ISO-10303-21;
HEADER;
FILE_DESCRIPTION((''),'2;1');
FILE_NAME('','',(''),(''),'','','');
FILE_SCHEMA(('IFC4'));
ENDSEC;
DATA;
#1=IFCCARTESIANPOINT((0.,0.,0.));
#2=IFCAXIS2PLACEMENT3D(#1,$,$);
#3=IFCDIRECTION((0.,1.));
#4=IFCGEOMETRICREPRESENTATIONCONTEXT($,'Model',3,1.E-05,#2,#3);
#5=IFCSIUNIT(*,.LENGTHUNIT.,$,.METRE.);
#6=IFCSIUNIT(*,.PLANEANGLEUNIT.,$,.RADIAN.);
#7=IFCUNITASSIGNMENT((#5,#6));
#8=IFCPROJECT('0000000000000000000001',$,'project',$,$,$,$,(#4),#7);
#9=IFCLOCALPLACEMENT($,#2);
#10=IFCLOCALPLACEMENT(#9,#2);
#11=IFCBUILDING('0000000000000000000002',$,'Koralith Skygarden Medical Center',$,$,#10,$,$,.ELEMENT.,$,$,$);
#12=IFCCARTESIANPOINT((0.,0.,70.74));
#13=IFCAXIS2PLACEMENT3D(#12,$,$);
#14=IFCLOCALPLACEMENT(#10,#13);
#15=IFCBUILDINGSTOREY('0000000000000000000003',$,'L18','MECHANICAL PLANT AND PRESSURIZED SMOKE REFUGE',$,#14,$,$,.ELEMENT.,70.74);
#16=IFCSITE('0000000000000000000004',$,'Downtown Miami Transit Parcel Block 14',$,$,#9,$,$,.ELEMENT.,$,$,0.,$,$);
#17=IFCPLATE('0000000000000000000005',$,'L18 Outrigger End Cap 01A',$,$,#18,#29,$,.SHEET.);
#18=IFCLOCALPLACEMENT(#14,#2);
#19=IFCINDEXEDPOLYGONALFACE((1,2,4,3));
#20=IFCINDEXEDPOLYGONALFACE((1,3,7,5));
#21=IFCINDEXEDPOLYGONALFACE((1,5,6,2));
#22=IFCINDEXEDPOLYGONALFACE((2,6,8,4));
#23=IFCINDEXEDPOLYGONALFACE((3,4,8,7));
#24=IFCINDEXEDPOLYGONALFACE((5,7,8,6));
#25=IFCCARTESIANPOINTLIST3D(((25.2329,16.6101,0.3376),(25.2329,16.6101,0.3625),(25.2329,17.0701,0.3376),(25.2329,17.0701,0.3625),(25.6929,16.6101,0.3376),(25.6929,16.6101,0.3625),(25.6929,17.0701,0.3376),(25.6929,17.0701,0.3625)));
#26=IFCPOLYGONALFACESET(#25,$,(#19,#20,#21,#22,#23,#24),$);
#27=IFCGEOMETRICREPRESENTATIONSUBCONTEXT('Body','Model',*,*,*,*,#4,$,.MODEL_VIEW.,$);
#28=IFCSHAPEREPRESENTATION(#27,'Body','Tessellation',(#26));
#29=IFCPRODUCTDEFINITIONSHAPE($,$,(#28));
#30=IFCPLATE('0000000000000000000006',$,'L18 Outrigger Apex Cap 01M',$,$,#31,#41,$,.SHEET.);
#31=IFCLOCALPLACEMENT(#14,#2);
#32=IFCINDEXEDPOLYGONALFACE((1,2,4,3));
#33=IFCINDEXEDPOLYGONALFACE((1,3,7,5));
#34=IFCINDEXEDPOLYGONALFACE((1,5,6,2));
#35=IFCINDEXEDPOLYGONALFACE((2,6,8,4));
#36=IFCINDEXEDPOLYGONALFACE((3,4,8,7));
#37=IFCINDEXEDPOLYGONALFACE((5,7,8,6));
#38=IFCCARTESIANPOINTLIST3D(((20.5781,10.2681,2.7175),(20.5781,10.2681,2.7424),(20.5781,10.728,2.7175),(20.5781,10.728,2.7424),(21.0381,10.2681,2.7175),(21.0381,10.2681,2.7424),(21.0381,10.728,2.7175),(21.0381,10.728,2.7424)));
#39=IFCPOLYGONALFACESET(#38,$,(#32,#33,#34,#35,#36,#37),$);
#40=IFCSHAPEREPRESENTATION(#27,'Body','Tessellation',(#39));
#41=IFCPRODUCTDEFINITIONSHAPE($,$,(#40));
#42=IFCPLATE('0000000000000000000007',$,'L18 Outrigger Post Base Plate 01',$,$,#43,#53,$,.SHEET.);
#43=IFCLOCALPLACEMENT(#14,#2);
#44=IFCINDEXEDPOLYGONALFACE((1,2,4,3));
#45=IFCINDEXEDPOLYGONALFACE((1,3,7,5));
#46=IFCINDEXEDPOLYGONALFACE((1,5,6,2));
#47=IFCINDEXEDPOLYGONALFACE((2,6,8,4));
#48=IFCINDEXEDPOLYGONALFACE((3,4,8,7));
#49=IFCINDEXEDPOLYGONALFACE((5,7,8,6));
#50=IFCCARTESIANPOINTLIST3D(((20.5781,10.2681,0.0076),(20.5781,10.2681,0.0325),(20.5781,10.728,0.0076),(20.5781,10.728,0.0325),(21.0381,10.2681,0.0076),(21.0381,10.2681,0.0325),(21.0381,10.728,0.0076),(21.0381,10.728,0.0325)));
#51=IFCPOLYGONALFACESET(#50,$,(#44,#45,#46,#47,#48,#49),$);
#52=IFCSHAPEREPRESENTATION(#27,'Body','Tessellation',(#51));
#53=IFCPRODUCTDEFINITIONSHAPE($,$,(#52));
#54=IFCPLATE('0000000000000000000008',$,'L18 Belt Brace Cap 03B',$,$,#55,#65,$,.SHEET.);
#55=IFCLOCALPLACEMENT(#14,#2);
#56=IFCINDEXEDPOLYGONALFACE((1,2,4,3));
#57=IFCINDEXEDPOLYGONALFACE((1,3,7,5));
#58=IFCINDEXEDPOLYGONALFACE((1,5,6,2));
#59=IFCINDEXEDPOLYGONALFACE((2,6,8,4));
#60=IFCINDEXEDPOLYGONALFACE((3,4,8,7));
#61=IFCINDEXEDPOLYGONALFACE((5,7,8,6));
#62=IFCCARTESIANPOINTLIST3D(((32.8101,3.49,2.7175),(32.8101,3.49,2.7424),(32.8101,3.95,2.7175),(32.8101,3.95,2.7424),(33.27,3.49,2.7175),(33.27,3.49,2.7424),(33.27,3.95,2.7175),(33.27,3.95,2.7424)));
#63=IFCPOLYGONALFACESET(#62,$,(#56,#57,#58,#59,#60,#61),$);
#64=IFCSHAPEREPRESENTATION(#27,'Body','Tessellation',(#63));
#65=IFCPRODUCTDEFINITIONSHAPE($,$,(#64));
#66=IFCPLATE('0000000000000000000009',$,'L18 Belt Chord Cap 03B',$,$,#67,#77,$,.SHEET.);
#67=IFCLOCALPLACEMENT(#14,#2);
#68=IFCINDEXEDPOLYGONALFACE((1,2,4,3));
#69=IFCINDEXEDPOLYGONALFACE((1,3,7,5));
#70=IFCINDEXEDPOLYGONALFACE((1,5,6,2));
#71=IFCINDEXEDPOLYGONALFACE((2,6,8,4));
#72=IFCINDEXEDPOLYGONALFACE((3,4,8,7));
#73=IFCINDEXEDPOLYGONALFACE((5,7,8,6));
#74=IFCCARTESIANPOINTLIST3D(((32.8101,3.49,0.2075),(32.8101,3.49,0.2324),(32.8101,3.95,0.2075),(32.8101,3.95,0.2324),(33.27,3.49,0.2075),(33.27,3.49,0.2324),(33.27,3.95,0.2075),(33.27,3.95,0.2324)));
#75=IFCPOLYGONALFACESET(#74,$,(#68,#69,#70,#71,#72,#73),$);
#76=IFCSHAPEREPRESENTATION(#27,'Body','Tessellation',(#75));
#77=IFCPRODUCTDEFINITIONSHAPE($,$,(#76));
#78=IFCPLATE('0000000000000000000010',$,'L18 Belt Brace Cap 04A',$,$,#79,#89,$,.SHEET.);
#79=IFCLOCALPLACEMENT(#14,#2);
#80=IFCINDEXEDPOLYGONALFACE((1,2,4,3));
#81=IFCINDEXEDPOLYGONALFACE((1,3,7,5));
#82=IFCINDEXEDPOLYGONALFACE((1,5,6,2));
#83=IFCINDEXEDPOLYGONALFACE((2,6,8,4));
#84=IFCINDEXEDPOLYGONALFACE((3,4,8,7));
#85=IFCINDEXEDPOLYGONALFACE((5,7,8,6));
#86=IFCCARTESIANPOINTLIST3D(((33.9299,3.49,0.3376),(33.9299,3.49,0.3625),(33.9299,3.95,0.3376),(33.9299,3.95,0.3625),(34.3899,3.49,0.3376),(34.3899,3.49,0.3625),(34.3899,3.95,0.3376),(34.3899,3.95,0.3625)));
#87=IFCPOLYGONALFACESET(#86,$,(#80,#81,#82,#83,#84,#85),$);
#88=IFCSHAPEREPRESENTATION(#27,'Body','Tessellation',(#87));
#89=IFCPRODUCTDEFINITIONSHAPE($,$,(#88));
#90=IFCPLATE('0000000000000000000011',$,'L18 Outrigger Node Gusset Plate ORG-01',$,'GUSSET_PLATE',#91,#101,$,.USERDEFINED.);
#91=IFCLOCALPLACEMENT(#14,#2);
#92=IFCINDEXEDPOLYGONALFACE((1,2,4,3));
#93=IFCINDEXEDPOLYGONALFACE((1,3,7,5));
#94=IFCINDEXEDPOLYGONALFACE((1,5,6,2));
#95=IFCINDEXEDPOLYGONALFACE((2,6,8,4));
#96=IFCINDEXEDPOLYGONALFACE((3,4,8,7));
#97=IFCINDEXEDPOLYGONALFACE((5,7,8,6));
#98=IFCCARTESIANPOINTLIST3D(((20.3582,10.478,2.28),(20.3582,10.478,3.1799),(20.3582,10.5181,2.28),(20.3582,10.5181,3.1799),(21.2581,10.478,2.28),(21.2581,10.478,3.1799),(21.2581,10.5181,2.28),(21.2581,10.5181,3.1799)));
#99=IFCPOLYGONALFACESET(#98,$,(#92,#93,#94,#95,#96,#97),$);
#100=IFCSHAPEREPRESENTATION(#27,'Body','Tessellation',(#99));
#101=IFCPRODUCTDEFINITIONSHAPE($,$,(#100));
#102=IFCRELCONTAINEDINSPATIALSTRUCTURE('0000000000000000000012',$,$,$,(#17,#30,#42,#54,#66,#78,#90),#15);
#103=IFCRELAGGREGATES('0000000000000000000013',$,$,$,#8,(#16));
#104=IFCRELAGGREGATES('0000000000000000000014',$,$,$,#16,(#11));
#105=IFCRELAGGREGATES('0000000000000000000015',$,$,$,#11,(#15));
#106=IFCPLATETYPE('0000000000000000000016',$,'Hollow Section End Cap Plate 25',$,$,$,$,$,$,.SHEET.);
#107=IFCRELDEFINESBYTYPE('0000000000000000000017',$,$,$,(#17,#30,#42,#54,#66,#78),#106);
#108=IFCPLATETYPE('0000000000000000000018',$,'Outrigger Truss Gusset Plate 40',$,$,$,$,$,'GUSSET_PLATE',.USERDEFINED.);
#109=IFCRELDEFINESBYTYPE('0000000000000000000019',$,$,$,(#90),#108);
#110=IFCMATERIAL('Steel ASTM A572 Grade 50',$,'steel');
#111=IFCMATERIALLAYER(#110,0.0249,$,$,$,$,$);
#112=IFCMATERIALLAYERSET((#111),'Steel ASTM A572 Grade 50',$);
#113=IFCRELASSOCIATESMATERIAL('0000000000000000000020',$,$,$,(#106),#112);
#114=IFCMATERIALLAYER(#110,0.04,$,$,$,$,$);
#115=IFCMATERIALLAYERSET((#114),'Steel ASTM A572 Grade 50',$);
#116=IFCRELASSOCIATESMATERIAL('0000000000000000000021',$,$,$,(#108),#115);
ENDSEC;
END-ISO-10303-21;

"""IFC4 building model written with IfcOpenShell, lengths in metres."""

from ifc_helpers import new_model, si_unit, direction, frame, origin, origin_2d, place, context, subcontext, project, spatial, rectangle, extrude, material, layer, layer_set, type_object, element, save


model = new_model("IFC4")

# Units and contexts
model_context = context("Model", 3, precision=1e-05, world=origin(), true_north=direction((0.0, 1.0)))
body_context = subcontext(model_context, "Body", "Model", "MODEL_VIEW")
ifc_project = project(units=[si_unit("LENGTHUNIT", "METRE"), si_unit("PLANEANGLEUNIT", "RADIAN")], contexts=[model_context])

# Site, building, storey
site_placement = place(None, origin())
site = spatial("IfcSite", under=ifc_project, at=site_placement, Name="Downtown Miami Transit Parcel Block 14", CompositionType="ELEMENT", RefElevation=0.0)
building_placement = place(site_placement, origin())
building = spatial("IfcBuilding", under=site, at=building_placement, Name="Koralith Skygarden Medical Center", CompositionType="ELEMENT")
storey_placement = place(building_placement, frame((0.0, 0.0, 70.74)))
storey = spatial("IfcBuildingStorey", under=building, at=storey_placement, Name="L18", Description="MECHANICAL PLANT AND PRESSURIZED SMOKE REFUGE", CompositionType="ELEMENT", Elevation=70.74)

# Plates
ifc_material_1 = material(Name="Steel ASTM A572 Grade 50", Category="steel")
ifc_layer_1 = layer(ifc_material_1, 0.0249)
ifc_layer_set_1 = layer_set([ifc_layer_1], Name="Steel ASTM A572 Grade 50")
plate_type_1 = type_object("IfcPlateType", Name="Hollow Section End Cap Plate 25", PredefinedType="SHEET", material=ifc_layer_set_1)
for number, where, z_axis, x_axis, name in (
    (1, (25.4629, 16.8401, 0.3376), (0.0, 0.0, 1.0), (1.0, 0.0, 0.0), "L18 Outrigger End Cap 01A"),
    (2, (20.8081, 10.498, 2.7175), (0.0, 0.0, 1.0), (1.0, 0.0, 0.0), "L18 Outrigger Apex Cap 01M"),
    (3, (20.8081, 10.498, 0.0076), (0.0, 0.0, 1.0), (1.0, 0.0, 0.0), "L18 Outrigger Post Base Plate 01"),
    (4, (33.04, 3.72, 2.7175), (0.0, 0.0, 1.0), (1.0, 0.0, 0.0), "L18 Belt Brace Cap 03B"),
    (5, (33.04, 3.72, 0.2075), (0.0, 0.0, 1.0), (1.0, 0.0, 0.0), "L18 Belt Chord Cap 03B"),
    (6, (34.1599, 3.72, 0.3376), (0.0, 0.0, 1.0), (1.0, 0.0, 0.0), "L18 Belt Brace Cap 04A"),
):
    element("IfcPlate", number, at=place(storey_placement, frame(where, z_axis=z_axis, x_axis=x_axis)), inside=storey, type_object=plate_type_1, Name=name, PredefinedType="SHEET", context=body_context, shape_type="SweptSolid", body=[
        extrude(rectangle(XDim=0.46, YDim=0.46, at=origin_2d()), origin(), (0.0, 0.0, 1.0), 0.0249),
    ])
ifc_layer_2 = layer(ifc_material_1, 0.04)
ifc_layer_set_2 = layer_set([ifc_layer_2], Name="Steel ASTM A572 Grade 50")
plate_type_2 = type_object("IfcPlateType", Name="Outrigger Truss Gusset Plate 40", ElementType="GUSSET_PLATE", PredefinedType="USERDEFINED", material=ifc_layer_set_2)
plate_placement = place(storey_placement, frame((20.8081, 10.498, 2.28), z_axis=(0.0, 0.0, 1.0), x_axis=(1.0, 0.0, 0.0)))
element("IfcPlate", 7, at=plate_placement, inside=storey, type_object=plate_type_2, Name="L18 Outrigger Node Gusset Plate ORG-01", ObjectType="GUSSET_PLATE", PredefinedType="USERDEFINED", context=body_context, shape_type="SweptSolid", body=[
    extrude(rectangle(XDim=0.8999, YDim=0.04, at=origin_2d()), origin(), (0.0, 0.0, 1.0), 0.8999),
])

save(model, "model.ifc")
